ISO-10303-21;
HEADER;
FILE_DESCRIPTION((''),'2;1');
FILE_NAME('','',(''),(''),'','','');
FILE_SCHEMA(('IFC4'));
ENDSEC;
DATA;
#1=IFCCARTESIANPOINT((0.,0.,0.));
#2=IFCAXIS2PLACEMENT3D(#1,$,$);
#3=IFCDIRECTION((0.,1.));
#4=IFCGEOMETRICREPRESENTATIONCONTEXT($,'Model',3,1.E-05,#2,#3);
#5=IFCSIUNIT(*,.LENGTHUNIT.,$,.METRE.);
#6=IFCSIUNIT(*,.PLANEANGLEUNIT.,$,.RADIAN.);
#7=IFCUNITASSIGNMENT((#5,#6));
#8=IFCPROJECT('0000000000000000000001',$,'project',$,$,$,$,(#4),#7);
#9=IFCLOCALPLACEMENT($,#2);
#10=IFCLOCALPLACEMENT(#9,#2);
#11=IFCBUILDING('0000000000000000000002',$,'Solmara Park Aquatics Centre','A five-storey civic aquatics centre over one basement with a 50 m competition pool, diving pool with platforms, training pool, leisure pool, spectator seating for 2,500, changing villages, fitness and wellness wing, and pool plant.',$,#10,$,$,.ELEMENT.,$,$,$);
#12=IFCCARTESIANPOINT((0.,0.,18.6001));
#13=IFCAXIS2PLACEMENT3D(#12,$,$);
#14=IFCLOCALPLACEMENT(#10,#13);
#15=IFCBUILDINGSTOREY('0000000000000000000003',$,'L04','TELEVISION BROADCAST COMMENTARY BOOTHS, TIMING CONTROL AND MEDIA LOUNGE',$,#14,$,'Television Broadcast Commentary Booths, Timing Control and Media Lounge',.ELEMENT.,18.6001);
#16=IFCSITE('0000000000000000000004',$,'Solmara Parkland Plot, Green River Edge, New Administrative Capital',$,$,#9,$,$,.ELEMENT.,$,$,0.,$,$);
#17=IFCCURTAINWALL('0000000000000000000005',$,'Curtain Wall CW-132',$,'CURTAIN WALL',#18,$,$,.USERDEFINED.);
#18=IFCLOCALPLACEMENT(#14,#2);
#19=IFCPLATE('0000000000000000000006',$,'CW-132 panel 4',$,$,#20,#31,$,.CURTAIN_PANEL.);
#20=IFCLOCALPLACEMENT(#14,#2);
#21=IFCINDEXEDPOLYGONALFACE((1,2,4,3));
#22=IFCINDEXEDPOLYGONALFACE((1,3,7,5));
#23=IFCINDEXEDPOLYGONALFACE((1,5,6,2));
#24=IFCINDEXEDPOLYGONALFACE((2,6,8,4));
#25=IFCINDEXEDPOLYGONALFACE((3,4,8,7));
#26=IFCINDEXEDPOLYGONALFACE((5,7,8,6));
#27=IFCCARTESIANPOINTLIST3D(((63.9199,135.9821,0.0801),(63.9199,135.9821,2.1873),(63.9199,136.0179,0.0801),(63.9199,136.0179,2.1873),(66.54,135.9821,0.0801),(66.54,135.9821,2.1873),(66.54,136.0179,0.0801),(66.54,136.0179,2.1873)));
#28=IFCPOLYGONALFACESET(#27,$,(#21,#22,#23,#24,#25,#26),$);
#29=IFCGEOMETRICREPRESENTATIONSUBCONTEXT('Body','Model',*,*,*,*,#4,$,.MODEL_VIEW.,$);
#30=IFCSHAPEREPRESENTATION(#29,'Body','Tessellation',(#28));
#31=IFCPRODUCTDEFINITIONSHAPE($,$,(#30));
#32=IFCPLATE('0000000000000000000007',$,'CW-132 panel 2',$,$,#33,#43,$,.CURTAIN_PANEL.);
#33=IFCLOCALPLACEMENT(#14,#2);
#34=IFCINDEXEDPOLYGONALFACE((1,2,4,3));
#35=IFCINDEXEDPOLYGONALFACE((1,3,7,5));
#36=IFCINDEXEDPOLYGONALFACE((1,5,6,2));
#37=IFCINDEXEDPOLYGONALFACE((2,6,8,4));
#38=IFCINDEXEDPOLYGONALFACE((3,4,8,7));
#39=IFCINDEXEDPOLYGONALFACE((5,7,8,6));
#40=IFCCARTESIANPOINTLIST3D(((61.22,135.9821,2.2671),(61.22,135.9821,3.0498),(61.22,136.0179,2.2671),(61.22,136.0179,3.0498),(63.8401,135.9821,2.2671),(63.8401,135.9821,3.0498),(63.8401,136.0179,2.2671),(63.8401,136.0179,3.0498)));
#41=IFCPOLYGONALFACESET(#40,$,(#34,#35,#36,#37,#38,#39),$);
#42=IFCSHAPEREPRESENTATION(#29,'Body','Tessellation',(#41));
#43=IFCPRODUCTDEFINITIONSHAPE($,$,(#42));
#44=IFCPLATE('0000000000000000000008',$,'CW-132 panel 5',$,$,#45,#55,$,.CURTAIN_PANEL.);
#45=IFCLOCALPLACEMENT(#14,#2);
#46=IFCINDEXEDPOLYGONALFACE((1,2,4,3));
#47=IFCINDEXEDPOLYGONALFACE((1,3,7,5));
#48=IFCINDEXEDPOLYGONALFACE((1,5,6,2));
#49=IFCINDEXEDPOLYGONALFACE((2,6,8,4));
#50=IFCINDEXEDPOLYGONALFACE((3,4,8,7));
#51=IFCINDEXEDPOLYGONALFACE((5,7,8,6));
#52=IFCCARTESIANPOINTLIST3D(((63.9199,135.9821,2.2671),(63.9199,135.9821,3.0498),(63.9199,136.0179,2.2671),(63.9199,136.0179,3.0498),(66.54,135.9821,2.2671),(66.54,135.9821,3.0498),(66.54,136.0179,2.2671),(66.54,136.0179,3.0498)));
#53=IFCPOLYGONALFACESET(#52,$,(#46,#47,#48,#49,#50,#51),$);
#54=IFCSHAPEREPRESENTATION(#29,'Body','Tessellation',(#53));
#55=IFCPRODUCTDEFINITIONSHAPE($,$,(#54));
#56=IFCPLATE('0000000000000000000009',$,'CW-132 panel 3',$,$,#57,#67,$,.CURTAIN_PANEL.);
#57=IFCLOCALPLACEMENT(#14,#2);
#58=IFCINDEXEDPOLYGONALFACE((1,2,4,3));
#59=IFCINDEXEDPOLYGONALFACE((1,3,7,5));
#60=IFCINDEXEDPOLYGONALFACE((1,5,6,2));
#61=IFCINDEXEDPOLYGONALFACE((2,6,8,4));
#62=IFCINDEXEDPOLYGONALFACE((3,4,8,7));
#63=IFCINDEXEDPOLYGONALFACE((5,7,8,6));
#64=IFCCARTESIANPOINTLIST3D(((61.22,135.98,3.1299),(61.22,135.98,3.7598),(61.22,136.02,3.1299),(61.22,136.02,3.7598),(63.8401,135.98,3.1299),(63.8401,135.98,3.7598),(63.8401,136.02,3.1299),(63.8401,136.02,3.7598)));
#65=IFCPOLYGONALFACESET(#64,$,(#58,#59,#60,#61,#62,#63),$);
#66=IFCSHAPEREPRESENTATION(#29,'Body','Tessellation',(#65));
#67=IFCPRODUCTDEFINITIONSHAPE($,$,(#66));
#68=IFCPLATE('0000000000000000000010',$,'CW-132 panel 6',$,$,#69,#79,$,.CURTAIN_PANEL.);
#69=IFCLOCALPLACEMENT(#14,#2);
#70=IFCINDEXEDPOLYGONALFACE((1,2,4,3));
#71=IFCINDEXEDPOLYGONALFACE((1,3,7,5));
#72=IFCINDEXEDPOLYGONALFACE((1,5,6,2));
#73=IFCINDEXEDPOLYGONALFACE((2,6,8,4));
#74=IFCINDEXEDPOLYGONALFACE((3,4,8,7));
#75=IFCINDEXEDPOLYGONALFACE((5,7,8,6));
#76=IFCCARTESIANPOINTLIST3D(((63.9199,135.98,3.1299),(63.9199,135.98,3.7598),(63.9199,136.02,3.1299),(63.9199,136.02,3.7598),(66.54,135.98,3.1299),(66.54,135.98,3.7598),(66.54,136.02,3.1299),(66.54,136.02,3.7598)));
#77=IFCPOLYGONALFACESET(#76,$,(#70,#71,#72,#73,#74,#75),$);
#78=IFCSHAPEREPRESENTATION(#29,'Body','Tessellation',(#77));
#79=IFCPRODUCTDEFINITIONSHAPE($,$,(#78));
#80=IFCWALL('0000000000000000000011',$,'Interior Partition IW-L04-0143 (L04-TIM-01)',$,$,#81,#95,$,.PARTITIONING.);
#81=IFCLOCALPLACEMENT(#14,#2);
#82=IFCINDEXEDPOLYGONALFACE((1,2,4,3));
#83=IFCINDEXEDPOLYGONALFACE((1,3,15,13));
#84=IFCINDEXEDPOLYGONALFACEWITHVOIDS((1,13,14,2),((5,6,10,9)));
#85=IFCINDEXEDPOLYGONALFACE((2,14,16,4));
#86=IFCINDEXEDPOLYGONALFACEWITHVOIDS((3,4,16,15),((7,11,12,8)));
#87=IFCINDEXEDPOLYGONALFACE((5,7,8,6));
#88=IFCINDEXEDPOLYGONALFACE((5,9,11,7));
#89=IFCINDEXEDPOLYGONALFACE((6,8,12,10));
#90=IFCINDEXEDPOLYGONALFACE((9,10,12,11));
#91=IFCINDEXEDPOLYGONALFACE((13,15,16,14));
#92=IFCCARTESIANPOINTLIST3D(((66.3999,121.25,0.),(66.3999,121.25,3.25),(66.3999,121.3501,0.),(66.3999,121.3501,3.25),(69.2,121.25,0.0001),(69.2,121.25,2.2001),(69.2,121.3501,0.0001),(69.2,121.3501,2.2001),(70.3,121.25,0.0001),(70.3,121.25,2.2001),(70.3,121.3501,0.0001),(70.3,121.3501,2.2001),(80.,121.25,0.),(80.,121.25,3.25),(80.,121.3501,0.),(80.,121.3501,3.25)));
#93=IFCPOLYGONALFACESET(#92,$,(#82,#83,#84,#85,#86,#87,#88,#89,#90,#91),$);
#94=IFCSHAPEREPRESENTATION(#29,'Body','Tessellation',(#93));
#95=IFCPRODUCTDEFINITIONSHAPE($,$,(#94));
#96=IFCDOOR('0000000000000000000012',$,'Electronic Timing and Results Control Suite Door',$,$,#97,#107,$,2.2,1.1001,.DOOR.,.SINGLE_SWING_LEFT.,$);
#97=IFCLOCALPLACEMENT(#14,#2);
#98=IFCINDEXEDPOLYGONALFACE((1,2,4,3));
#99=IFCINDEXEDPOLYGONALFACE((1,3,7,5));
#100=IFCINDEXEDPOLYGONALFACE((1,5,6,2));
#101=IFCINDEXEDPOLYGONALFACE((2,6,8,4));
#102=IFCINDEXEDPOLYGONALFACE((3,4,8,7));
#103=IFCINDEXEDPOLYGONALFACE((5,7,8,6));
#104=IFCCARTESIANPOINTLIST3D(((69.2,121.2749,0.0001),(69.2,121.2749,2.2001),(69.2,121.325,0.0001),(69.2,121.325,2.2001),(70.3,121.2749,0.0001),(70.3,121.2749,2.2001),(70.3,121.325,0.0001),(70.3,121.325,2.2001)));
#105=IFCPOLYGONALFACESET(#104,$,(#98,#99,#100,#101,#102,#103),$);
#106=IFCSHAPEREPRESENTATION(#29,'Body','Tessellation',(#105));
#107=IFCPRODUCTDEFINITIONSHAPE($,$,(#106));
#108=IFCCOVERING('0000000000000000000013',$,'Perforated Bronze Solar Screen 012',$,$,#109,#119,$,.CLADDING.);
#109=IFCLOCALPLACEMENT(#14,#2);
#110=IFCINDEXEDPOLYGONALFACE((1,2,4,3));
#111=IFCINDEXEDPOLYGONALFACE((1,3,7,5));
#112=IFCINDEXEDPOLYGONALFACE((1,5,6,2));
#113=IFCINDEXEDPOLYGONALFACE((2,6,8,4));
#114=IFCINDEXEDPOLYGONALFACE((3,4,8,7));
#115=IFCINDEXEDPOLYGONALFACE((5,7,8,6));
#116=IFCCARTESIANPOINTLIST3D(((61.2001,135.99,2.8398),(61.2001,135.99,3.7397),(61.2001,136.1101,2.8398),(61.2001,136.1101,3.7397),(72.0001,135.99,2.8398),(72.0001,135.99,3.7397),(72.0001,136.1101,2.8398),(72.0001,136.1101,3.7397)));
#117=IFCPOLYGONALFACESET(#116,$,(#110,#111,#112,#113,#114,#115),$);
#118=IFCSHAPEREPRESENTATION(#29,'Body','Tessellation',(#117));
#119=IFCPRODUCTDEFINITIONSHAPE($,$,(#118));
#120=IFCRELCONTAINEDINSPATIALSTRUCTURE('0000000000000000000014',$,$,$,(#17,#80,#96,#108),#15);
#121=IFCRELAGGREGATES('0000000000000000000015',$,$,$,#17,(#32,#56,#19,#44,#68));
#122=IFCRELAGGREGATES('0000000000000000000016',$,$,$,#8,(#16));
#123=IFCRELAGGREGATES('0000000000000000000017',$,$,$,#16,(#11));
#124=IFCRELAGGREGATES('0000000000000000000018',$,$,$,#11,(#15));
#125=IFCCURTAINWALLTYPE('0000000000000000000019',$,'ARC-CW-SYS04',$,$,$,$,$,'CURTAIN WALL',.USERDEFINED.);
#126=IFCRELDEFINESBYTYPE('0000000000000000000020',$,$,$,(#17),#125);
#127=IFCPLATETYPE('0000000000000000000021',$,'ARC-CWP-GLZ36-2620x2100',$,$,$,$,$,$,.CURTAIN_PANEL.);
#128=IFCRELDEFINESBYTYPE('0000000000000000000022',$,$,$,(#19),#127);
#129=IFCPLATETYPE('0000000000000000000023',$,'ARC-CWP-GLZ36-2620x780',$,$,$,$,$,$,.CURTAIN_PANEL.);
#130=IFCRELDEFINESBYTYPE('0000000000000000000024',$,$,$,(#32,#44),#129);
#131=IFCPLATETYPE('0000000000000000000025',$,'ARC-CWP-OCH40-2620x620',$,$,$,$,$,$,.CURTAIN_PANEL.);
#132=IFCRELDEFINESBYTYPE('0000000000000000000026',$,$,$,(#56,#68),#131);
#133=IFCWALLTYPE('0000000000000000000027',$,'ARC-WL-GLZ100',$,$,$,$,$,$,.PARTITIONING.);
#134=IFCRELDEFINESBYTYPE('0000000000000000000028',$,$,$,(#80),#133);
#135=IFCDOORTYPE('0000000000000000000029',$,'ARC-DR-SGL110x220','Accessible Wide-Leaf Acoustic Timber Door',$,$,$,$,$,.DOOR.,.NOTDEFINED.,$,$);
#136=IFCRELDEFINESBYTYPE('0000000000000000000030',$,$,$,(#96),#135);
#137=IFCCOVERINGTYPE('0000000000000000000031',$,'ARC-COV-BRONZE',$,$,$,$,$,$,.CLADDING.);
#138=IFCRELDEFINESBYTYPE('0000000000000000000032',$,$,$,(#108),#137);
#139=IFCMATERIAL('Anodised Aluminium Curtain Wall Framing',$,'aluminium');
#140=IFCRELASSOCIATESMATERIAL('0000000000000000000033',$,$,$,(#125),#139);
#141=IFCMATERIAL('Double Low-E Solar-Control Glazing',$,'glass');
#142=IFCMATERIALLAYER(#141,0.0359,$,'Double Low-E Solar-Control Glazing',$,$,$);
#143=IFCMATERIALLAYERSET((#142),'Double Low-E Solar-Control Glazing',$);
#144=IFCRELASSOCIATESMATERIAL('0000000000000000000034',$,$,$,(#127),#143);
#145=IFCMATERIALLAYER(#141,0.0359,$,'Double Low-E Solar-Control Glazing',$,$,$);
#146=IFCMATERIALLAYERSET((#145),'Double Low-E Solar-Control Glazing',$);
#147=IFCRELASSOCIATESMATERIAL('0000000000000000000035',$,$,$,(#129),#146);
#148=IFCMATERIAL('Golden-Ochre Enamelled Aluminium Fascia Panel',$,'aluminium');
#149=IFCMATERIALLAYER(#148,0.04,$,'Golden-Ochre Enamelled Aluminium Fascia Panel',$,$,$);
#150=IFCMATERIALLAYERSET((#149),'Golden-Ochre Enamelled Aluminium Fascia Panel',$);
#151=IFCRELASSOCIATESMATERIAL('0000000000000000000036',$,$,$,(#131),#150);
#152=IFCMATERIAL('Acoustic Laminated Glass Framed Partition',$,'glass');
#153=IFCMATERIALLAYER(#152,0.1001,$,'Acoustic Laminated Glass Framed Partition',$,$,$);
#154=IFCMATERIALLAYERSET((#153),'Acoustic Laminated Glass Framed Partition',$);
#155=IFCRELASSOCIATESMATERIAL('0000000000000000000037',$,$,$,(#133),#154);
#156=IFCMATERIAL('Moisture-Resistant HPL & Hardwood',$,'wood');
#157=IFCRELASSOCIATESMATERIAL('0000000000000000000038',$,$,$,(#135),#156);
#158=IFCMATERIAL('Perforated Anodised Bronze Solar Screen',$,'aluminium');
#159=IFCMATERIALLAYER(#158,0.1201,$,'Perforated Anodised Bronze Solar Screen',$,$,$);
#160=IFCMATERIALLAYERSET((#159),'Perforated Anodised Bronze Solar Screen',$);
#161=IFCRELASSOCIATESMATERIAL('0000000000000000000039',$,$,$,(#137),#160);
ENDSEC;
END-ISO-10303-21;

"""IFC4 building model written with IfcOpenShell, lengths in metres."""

from ifc_helpers import new_model, si_unit, direction, frame, frame_2d, origin, origin_2d, place, context, subcontext, project, spatial, rectangle, extrude, material, layer, layer_set, type_object, element, fill, aggregate, save


model = new_model("IFC4")

# Units and contexts
model_context = context("Model", 3, precision=1e-05, world=origin(), true_north=direction((0.0, 1.0)))
body_context = subcontext(model_context, "Body", "Model", "MODEL_VIEW")
ifc_project = project(units=[si_unit("LENGTHUNIT", "METRE"), si_unit("PLANEANGLEUNIT", "RADIAN")], contexts=[model_context])

# Site, building, storey
site_placement = place(None, origin())
site = spatial("IfcSite", under=ifc_project, at=site_placement, Name="Solmara Parkland Plot, Green River Edge, New Administrative Capital", CompositionType="ELEMENT", RefElevation=0.0)
building_placement = place(site_placement, origin())
building = spatial("IfcBuilding", under=site, at=building_placement, Name="Solmara Park Aquatics Centre", Description="A five-storey civic aquatics centre over one basement with a 50 m competition pool, diving pool with platforms, training pool, leisure pool, spectator seating for 2,500, changing villages, fitness and wellness wing, and pool plant.", CompositionType="ELEMENT")
storey_placement = place(building_placement, frame((0.0, 0.0, 18.6001)))
storey = spatial("IfcBuildingStorey", under=building, at=storey_placement, Name="L04", Description="TELEVISION BROADCAST COMMENTARY BOOTHS, TIMING CONTROL AND MEDIA LOUNGE", LongName="Television Broadcast Commentary Booths, Timing Control and Media Lounge", CompositionType="ELEMENT", Elevation=18.6001)

# Curtain wall, plates
ifc_material_1 = material(Name="Anodised Aluminium Curtain Wall Framing", Category="aluminium")
curtain_wall_type = type_object("IfcCurtainWallType", Name="ARC-CW-SYS04", ElementType="CURTAIN WALL", PredefinedType="USERDEFINED", material=ifc_material_1)
curtain_wall_placement = place(storey_placement, origin())
curtain_wall = element("IfcCurtainWall", 1, at=curtain_wall_placement, inside=storey, type_object=curtain_wall_type, Name="Curtain Wall CW-132", ObjectType="CURTAIN WALL", PredefinedType="USERDEFINED")
ifc_material_2 = material(Name="Double Low-E Solar-Control Glazing", Category="glass")
ifc_layer_1 = layer(ifc_material_2, 0.0359, Name="Double Low-E Solar-Control Glazing")
ifc_layer_set_1 = layer_set([ifc_layer_1], Name="Double Low-E Solar-Control Glazing")
plate_type_1 = type_object("IfcPlateType", Name="ARC-CWP-GLZ36-2620x2100", PredefinedType="CURTAIN_PANEL", material=ifc_layer_set_1)
plate_1_placement = place(storey_placement, frame((65.23, 136.0, 0.0801), z_axis=(0.0, 0.0, 1.0), x_axis=(1.0, 0.0, 0.0)))
plate_1 = element("IfcPlate", 2, at=plate_1_placement, type_object=plate_type_1, Name="CW-132 panel 4", PredefinedType="CURTAIN_PANEL", context=body_context, shape_type="SweptSolid", body=[
    extrude(rectangle(XDim=2.6201, YDim=0.0359, at=origin_2d()), origin(), (0.0, 0.0, 1.0), 2.1072),
])
ifc_layer_2 = layer(ifc_material_2, 0.0359, Name="Double Low-E Solar-Control Glazing")
ifc_layer_set_2 = layer_set([ifc_layer_2], Name="Double Low-E Solar-Control Glazing")
plate_type_2 = type_object("IfcPlateType", Name="ARC-CWP-GLZ36-2620x780", PredefinedType="CURTAIN_PANEL", material=ifc_layer_set_2)
plate_2_placement = place(storey_placement, frame((62.53, 136.0, 2.2671), z_axis=(0.0, 0.0, 1.0), x_axis=(1.0, 0.0, 0.0)))
plate_2 = element("IfcPlate", 3, at=plate_2_placement, type_object=plate_type_2, Name="CW-132 panel 2", PredefinedType="CURTAIN_PANEL", context=body_context, shape_type="SweptSolid", body=[
    extrude(rectangle(XDim=2.6201, YDim=0.0359, at=origin_2d()), origin(), (0.0, 0.0, 1.0), 0.7827),
])
plate_3_placement = place(storey_placement, frame((65.23, 136.0, 2.2671), z_axis=(0.0, 0.0, 1.0), x_axis=(1.0, 0.0, 0.0)))
plate_3 = element("IfcPlate", 4, at=plate_3_placement, type_object=plate_type_2, Name="CW-132 panel 5", PredefinedType="CURTAIN_PANEL", context=body_context, shape_type="SweptSolid", body=[
    extrude(rectangle(XDim=2.6201, YDim=0.0359, at=origin_2d()), origin(), (0.0, 0.0, 1.0), 0.7827),
])
ifc_material_3 = material(Name="Golden-Ochre Enamelled Aluminium Fascia Panel", Category="aluminium")
ifc_layer_3 = layer(ifc_material_3, 0.04, Name="Golden-Ochre Enamelled Aluminium Fascia Panel")
ifc_layer_set_3 = layer_set([ifc_layer_3], Name="Golden-Ochre Enamelled Aluminium Fascia Panel")
plate_type_3 = type_object("IfcPlateType", Name="ARC-CWP-OCH40-2620x620", PredefinedType="CURTAIN_PANEL", material=ifc_layer_set_3)
plate_4_placement = place(storey_placement, frame((62.53, 136.0, 3.1299), z_axis=(0.0, 0.0, 1.0), x_axis=(1.0, 0.0, 0.0)))
plate_4 = element("IfcPlate", 5, at=plate_4_placement, type_object=plate_type_3, Name="CW-132 panel 3", PredefinedType="CURTAIN_PANEL", context=body_context, shape_type="SweptSolid", body=[
    extrude(rectangle(XDim=2.6201, YDim=0.04, at=origin_2d()), origin(), (0.0, 0.0, 1.0), 0.6299),
])
plate_5_placement = place(storey_placement, frame((65.23, 136.0, 3.1299), z_axis=(0.0, 0.0, 1.0), x_axis=(1.0, 0.0, 0.0)))
plate_5 = element("IfcPlate", 6, at=plate_5_placement, type_object=plate_type_3, Name="CW-132 panel 6", PredefinedType="CURTAIN_PANEL", context=body_context, shape_type="SweptSolid", body=[
    extrude(rectangle(XDim=2.6201, YDim=0.04, at=origin_2d()), origin(), (0.0, 0.0, 1.0), 0.6299),
])
aggregate(curtain_wall, [plate_2, plate_4, plate_1, plate_3, plate_5])

# Wall, opening, door
ifc_material_4 = material(Name="Acoustic Laminated Glass Framed Partition", Category="glass")
ifc_layer_4 = layer(ifc_material_4, 0.1001, Name="Acoustic Laminated Glass Framed Partition")
ifc_layer_set_4 = layer_set([ifc_layer_4], Name="Acoustic Laminated Glass Framed Partition")
wall_type = type_object("IfcWallType", Name="ARC-WL-GLZ100", PredefinedType="PARTITIONING", material=ifc_layer_set_4)
wall_placement = place(storey_placement, frame((66.3999, 121.3, 0.0), z_axis=(0.0, 0.0, 1.0), x_axis=(1.0, 0.0, 0.0)))
wall = element("IfcWall", 7, at=wall_placement, inside=storey, type_object=wall_type, Name="Interior Partition IW-L04-0143 (L04-TIM-01)", PredefinedType="PARTITIONING", context=body_context, shape_type="SweptSolid", body=[
    extrude(rectangle(XDim=13.6001, YDim=0.1001, at=frame_2d((6.8, 0.0))), origin(), (0.0, 0.0, 1.0), 3.25),
])
opening_placement = place(wall_placement, frame((2.8, 0.0, 0.0)))
opening = element("IfcOpeningElement", 8, at=opening_placement, cuts=wall, PredefinedType="OPENING", context=body_context, shape_type="SweptSolid", body=[
    extrude(rectangle(XDim=1.1001, YDim=2.2, at=frame_2d((0.55, 1.1001))), frame((0.0, 0.0601, 0.0), z_axis=(0.0, -1.0, 0.0), x_axis=(1.0, 0.0, 0.0)), (0.0, 0.0, 1.0), 0.1201),
])
ifc_material_5 = material(Name="Moisture-Resistant HPL & Hardwood", Category="wood")
door_type = type_object("IfcDoorType", Name="ARC-DR-SGL110x220", Description="Accessible Wide-Leaf Acoustic Timber Door", OperationType="NOTDEFINED", PredefinedType="DOOR", material=ifc_material_5)
door_placement = place(opening_placement, origin())
door = element("IfcDoor", 9, at=door_placement, inside=storey, type_object=door_type, Name="Electronic Timing and Results Control Suite Door", OperationType="SINGLE_SWING_LEFT", OverallHeight=2.2, OverallWidth=1.1001, PredefinedType="DOOR", context=body_context, shape_type="SweptSolid", body=[
    extrude(rectangle(XDim=1.1001, YDim=2.2, at=frame_2d((0.55, 1.1001))), frame((0.0, 0.0249, 0.0), z_axis=(0.0, -1.0, 0.0), x_axis=(1.0, 0.0, 0.0)), (0.0, 0.0, 1.0), 0.05),
])
fill(opening, door)

# Covering
ifc_material_6 = material(Name="Perforated Anodised Bronze Solar Screen", Category="aluminium")
ifc_layer_5 = layer(ifc_material_6, 0.1201, Name="Perforated Anodised Bronze Solar Screen")
ifc_layer_set_5 = layer_set([ifc_layer_5], Name="Perforated Anodised Bronze Solar Screen")
covering_type = type_object("IfcCoveringType", Name="ARC-COV-BRONZE", PredefinedType="CLADDING", material=ifc_layer_set_5)
covering_placement = place(storey_placement, frame((66.6001, 136.05, 2.8398), z_axis=(0.0, 0.0, 1.0), x_axis=(1.0, 0.0, 0.0)))
element("IfcCovering", 10, at=covering_placement, inside=storey, type_object=covering_type, Name="Perforated Bronze Solar Screen 012", PredefinedType="CLADDING", context=body_context, shape_type="SweptSolid", body=[
    extrude(rectangle(XDim=10.8, YDim=0.1201, at=origin_2d()), origin(), (0.0, 0.0, 1.0), 0.8999),
])

save(model, "model.ifc")
